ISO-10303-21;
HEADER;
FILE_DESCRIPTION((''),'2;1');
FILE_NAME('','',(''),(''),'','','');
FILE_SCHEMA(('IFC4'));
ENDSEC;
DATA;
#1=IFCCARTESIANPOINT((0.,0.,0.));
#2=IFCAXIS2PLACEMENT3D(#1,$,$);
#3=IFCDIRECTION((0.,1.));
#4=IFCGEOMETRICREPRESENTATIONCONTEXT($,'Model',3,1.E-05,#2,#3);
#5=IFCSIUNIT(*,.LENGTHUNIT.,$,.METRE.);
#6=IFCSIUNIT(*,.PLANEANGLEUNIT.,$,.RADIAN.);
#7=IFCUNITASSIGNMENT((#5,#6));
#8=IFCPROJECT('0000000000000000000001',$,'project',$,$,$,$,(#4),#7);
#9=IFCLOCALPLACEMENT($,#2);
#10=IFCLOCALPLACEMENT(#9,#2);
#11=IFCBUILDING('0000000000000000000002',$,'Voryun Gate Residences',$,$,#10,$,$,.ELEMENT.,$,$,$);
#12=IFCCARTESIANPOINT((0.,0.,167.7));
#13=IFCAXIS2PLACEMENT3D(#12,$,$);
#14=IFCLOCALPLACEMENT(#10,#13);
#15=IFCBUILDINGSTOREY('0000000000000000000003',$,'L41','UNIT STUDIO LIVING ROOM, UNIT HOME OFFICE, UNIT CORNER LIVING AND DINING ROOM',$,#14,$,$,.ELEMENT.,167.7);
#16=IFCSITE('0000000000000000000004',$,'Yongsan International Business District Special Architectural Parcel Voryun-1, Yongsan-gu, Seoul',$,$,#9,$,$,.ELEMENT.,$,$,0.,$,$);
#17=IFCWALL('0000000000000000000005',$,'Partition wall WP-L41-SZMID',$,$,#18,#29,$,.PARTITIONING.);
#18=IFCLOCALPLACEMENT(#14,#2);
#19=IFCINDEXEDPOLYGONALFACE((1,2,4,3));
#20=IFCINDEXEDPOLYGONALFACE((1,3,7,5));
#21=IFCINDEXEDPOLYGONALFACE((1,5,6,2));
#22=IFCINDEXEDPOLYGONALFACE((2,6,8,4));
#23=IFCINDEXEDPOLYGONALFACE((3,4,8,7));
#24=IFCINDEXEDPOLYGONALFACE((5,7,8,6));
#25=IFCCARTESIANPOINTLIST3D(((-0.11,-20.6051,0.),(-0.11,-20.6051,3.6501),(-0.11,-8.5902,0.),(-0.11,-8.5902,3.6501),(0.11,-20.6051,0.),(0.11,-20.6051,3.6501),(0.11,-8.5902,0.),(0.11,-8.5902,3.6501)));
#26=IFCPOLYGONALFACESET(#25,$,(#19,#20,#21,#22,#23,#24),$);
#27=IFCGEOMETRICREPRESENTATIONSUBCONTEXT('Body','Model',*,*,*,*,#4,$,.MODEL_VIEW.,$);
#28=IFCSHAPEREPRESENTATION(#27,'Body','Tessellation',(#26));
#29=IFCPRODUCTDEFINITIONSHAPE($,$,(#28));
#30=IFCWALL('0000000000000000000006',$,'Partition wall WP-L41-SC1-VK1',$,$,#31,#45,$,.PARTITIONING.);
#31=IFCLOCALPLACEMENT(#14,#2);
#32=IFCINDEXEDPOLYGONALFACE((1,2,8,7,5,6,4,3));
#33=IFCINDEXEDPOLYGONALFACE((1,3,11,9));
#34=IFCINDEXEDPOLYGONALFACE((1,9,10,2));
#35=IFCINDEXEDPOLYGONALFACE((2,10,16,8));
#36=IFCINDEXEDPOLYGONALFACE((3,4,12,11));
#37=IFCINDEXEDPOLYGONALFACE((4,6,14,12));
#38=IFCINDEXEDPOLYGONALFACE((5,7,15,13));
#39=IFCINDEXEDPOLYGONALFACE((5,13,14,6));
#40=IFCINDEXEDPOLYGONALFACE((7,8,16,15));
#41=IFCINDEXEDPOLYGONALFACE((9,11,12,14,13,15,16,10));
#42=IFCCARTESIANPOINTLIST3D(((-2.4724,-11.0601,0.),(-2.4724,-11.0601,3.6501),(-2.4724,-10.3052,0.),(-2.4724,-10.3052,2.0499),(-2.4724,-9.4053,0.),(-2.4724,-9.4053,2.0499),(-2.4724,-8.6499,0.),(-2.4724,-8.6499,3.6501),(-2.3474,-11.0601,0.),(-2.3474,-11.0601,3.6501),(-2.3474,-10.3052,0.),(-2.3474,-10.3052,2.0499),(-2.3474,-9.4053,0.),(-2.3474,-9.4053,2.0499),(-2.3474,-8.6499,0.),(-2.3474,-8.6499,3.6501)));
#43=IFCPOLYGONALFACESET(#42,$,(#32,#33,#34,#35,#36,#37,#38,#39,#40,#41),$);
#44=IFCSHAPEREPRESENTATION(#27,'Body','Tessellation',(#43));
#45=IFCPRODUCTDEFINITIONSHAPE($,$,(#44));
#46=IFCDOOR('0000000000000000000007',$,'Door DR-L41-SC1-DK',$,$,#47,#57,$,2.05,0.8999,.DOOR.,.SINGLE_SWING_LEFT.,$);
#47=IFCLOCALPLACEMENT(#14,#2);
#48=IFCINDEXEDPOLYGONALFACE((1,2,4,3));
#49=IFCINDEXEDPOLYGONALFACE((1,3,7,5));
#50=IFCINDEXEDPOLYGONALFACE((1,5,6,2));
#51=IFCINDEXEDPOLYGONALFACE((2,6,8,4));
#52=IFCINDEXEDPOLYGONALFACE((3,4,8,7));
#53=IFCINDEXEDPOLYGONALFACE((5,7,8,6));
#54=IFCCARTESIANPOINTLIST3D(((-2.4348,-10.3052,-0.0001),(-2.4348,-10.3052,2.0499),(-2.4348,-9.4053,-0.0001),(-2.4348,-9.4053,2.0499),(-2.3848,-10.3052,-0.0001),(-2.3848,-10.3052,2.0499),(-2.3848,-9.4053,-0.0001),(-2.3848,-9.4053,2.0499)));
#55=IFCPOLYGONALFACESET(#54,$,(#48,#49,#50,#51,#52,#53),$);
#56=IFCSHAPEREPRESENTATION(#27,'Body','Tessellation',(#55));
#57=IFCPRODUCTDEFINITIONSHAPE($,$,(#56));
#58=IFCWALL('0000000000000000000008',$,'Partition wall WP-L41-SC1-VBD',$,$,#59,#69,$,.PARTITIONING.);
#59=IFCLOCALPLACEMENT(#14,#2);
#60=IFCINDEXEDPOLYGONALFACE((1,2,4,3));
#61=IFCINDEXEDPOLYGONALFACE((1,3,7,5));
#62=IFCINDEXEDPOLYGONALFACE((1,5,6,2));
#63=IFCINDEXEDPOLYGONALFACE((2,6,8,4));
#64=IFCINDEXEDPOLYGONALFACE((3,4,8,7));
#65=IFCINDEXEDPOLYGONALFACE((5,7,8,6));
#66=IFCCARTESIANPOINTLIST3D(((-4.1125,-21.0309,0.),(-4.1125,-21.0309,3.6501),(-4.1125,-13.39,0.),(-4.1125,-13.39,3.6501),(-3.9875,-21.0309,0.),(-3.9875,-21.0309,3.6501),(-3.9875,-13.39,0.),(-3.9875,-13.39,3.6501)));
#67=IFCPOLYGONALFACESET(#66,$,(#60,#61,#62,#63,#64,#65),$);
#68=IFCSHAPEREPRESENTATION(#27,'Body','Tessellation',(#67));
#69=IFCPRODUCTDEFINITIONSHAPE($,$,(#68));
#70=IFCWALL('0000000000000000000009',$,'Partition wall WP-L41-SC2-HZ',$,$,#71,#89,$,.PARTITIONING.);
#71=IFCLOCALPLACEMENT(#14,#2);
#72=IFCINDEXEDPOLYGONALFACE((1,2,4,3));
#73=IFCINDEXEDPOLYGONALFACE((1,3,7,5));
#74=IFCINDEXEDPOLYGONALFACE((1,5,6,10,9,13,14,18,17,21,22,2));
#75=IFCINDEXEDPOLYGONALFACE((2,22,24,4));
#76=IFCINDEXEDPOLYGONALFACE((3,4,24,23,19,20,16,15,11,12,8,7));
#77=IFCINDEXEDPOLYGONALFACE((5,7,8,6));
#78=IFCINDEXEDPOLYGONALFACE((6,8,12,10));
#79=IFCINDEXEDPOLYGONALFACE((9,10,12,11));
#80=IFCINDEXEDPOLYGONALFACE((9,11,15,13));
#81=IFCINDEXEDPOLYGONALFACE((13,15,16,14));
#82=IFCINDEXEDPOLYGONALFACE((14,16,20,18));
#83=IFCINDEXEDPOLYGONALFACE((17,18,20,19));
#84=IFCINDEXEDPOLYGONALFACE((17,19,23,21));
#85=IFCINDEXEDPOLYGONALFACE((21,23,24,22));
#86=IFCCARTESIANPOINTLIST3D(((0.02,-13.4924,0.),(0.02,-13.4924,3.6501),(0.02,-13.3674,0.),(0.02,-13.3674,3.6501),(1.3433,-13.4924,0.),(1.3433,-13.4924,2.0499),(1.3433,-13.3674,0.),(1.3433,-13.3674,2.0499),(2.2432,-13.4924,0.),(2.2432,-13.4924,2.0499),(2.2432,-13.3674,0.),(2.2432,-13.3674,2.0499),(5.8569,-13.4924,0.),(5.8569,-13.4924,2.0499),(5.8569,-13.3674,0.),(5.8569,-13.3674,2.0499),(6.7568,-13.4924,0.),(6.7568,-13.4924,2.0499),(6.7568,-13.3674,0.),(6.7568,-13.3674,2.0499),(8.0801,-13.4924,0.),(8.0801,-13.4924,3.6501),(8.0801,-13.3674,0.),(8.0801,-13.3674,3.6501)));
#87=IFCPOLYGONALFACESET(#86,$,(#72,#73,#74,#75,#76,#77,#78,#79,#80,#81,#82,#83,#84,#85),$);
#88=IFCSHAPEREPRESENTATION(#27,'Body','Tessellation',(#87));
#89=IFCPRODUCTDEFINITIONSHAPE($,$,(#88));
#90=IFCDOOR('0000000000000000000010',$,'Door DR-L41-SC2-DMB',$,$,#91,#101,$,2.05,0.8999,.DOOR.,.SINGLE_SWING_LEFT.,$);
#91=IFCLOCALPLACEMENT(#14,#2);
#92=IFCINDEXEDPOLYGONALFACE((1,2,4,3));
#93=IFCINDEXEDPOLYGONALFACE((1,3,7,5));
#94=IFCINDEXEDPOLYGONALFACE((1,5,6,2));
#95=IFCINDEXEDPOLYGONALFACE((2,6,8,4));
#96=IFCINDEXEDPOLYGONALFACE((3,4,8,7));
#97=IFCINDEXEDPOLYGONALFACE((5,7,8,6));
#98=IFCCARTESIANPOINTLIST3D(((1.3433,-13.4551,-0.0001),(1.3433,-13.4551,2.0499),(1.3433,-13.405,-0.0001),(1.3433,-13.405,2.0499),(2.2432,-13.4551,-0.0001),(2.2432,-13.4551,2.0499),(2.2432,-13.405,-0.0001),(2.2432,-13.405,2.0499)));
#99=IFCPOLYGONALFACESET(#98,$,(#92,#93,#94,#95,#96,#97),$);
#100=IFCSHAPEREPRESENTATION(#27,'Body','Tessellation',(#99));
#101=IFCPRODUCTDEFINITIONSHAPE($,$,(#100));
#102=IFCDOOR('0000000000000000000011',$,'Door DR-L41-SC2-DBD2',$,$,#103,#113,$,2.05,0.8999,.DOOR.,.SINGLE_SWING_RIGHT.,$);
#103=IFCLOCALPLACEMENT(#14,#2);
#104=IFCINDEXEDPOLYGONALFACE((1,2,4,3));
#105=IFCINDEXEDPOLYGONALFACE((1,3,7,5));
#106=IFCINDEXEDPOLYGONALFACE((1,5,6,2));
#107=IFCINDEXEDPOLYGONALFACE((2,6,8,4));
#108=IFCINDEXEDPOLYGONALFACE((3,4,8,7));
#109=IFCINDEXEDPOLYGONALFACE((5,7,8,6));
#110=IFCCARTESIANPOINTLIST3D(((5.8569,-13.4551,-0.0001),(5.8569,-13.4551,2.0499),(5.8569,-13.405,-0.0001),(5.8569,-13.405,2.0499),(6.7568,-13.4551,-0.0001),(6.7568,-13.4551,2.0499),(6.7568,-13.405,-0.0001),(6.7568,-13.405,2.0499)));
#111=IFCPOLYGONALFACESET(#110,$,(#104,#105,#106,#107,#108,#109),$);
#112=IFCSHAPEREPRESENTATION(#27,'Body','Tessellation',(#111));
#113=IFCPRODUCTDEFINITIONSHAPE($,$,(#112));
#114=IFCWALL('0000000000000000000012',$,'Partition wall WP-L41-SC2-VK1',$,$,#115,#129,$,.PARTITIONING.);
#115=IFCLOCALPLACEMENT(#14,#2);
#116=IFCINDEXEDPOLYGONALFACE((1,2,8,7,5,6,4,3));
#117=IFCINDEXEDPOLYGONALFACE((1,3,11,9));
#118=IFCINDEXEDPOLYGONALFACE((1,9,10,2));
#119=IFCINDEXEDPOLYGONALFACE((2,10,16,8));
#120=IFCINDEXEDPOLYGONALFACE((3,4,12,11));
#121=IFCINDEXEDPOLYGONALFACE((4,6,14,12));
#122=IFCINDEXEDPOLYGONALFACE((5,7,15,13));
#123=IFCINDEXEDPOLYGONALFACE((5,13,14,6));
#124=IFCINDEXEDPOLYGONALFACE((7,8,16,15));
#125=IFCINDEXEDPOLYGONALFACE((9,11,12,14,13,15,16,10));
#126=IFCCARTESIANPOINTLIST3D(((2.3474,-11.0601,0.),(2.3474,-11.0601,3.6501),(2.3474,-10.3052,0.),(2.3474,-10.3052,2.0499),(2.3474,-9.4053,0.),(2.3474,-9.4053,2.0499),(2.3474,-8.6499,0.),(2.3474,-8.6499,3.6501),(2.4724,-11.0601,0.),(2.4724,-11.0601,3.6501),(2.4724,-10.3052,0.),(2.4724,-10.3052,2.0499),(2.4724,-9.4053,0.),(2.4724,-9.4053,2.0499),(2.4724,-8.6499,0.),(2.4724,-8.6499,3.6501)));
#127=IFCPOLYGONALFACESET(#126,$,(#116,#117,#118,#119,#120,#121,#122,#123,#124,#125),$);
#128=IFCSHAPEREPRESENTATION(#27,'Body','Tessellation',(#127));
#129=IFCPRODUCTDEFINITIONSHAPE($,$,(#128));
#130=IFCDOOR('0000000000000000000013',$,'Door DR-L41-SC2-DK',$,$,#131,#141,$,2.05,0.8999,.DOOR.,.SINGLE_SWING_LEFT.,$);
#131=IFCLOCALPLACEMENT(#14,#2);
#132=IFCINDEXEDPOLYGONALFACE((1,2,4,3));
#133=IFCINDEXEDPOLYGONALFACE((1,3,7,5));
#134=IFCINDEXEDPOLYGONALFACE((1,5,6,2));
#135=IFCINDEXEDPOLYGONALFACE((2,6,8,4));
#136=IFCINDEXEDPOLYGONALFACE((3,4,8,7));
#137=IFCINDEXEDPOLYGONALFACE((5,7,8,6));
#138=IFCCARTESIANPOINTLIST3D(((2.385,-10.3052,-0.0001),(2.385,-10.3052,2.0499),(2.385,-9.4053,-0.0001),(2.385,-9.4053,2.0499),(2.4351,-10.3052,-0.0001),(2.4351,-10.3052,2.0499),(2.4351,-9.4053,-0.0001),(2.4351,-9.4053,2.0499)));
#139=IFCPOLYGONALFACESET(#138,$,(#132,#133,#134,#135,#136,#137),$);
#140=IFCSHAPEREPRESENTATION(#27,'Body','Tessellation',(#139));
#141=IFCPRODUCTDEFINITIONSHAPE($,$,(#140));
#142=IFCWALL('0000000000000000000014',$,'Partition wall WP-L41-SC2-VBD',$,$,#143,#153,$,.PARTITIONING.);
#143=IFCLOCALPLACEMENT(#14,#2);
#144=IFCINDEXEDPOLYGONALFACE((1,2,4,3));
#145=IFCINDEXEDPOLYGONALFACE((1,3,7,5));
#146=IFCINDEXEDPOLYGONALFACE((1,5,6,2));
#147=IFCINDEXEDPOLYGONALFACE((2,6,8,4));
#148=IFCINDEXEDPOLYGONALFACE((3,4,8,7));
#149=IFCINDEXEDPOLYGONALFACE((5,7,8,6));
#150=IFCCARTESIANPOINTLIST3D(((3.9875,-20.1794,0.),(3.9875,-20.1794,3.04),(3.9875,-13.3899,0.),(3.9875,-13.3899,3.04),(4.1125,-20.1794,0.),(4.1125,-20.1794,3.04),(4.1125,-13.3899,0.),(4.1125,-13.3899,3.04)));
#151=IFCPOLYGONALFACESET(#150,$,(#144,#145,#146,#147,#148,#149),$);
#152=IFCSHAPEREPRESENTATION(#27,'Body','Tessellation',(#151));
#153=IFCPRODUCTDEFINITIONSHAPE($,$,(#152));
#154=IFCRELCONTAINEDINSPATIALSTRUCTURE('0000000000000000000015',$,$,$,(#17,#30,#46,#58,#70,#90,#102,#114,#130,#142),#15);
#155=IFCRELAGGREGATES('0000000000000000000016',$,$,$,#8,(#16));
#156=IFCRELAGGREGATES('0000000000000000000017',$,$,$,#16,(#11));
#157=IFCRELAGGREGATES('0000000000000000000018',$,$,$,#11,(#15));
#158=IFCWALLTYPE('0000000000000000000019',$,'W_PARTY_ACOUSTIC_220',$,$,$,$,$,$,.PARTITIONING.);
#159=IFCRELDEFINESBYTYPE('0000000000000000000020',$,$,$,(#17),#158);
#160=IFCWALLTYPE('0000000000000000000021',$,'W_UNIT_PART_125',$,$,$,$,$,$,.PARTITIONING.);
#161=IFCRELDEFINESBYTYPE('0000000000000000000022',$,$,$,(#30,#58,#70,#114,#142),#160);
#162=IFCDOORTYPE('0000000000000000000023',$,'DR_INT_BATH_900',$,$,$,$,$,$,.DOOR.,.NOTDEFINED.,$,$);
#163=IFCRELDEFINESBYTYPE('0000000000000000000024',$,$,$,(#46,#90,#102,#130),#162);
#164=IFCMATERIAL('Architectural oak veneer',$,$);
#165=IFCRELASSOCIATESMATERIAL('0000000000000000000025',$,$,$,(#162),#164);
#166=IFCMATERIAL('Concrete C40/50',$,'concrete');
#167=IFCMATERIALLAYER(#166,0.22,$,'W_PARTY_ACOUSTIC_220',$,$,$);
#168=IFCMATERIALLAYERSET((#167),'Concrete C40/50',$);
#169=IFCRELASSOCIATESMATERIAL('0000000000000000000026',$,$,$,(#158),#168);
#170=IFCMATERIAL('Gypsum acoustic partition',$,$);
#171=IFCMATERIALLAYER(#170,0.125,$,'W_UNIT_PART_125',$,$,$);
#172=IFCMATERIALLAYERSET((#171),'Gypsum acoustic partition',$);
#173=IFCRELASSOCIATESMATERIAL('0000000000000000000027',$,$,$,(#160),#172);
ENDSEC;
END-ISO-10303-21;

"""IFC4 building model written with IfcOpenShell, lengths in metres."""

from ifc_helpers import new_model, si_unit, direction, frame, frame_2d, origin, place, context, subcontext, project, spatial, rectangle, extrude, material, layer, layer_set, type_object, element, fill, save


model = new_model("IFC4")

# Units and contexts
model_context = context("Model", 3, precision=1e-05, world=origin(), true_north=direction((0.0, 1.0)))
body_context = subcontext(model_context, "Body", "Model", "MODEL_VIEW")
ifc_project = project(units=[si_unit("LENGTHUNIT", "METRE"), si_unit("PLANEANGLEUNIT", "RADIAN")], contexts=[model_context])

# Site, building, storey
site_placement = place(None, origin())
site = spatial("IfcSite", under=ifc_project, at=site_placement, Name="Yongsan International Business District Special Architectural Parcel Voryun-1, Yongsan-gu, Seoul", CompositionType="ELEMENT", RefElevation=0.0)
building_placement = place(site_placement, origin())
building = spatial("IfcBuilding", under=site, at=building_placement, Name="Voryun Gate Residences", CompositionType="ELEMENT")
storey_placement = place(building_placement, frame((0.0, 0.0, 167.7)))
storey = spatial("IfcBuildingStorey", under=building, at=storey_placement, Name="L41", Description="UNIT STUDIO LIVING ROOM, UNIT HOME OFFICE, UNIT CORNER LIVING AND DINING ROOM", CompositionType="ELEMENT", Elevation=167.7)

# Shared definitions
ifc_material_1 = material(Name="Architectural oak veneer")
door_type_1 = type_object("IfcDoorType", Name="DR_INT_BATH_900", OperationType="NOTDEFINED", PredefinedType="DOOR", material=ifc_material_1)

# Wall
ifc_material_2 = material(Name="Concrete C40/50", Category="concrete")
ifc_layer_1 = layer(ifc_material_2, 0.22, Name="W_PARTY_ACOUSTIC_220")
ifc_layer_set_1 = layer_set([ifc_layer_1], Name="Concrete C40/50")
wall_type_1 = type_object("IfcWallType", Name="W_PARTY_ACOUSTIC_220", PredefinedType="PARTITIONING", material=ifc_layer_set_1)
wall_1_placement = place(storey_placement, frame((0.0, -20.605, 0.0), z_axis=(0.0, 0.0, 1.0), x_axis=(0.0, 1.0, 0.0)))
element("IfcWall", 1, at=wall_1_placement, inside=storey, type_object=wall_type_1, Name="Partition wall WP-L41-SZMID", PredefinedType="PARTITIONING", context=body_context, shape_type="SweptSolid", body=[
    extrude(rectangle(XDim=12.0149, YDim=0.22, at=frame_2d((6.0073, 0.0))), origin(), (0.0, 0.0, 1.0), 3.6501),
])

# Wall, opening, door
ifc_material_3 = material(Name="Gypsum acoustic partition")
ifc_layer_2 = layer(ifc_material_3, 0.125, Name="W_UNIT_PART_125")
ifc_layer_set_2 = layer_set([ifc_layer_2], Name="Gypsum acoustic partition")
wall_type_2 = type_object("IfcWallType", Name="W_UNIT_PART_125", PredefinedType="PARTITIONING", material=ifc_layer_set_2)
wall_2_placement = place(storey_placement, frame((-2.4099, -11.0601, 0.0), z_axis=(0.0, 0.0, 1.0), x_axis=(0.0, 1.0, 0.0)))
wall_2 = element("IfcWall", 2, at=wall_2_placement, inside=storey, type_object=wall_type_2, Name="Partition wall WP-L41-SC1-VK1", PredefinedType="PARTITIONING", context=body_context, shape_type="SweptSolid", body=[
    extrude(rectangle(XDim=2.4102, YDim=0.125, at=frame_2d((1.2051, 0.0))), origin(), (0.0, 0.0, 1.0), 3.6501),
])
opening_1_placement = place(wall_2_placement, frame((0.7549, 0.0, 0.0)))
opening_1 = element("IfcOpeningElement", 3, at=opening_1_placement, cuts=wall_2, PredefinedType="OPENING", context=body_context, shape_type="SweptSolid", body=[
    extrude(rectangle(XDim=0.8999, YDim=2.05, at=frame_2d((0.45, 1.0249))), frame((0.0, 0.0725, 0.0), z_axis=(0.0, -1.0, 0.0), x_axis=(1.0, 0.0, 0.0)), (0.0, 0.0, 1.0), 0.145),
])
door_1_placement = place(opening_1_placement, origin())
door_1 = element("IfcDoor", 4, at=door_1_placement, inside=storey, type_object=door_type_1, Name="Door DR-L41-SC1-DK", OperationType="SINGLE_SWING_LEFT", OverallHeight=2.05, OverallWidth=0.8999, PredefinedType="DOOR", context=body_context, shape_type="SweptSolid", body=[
    extrude(rectangle(XDim=0.8999, YDim=2.05, at=frame_2d((0.45, 1.0249))), frame((0.0, 0.0249, 0.0), z_axis=(0.0, -1.0, 0.0), x_axis=(1.0, 0.0, 0.0)), (0.0, 0.0, 1.0), 0.05),
])
fill(opening_1, door_1)

# Wall
wall_3_placement = place(storey_placement, frame((-4.05, -21.0308, 0.0), z_axis=(0.0, 0.0, 1.0), x_axis=(0.0, 1.0, 0.0)))
element("IfcWall", 5, at=wall_3_placement, inside=storey, type_object=wall_type_2, Name="Partition wall WP-L41-SC1-VBD", PredefinedType="PARTITIONING", context=body_context, shape_type="SweptSolid", body=[
    extrude(rectangle(XDim=7.6409, YDim=0.125, at=frame_2d((3.8203, 0.0))), origin(), (0.0, 0.0, 1.0), 3.6501),
])

# Wall, openings, doors
wall_4_placement = place(storey_placement, frame((0.02, -13.4299, 0.0), z_axis=(0.0, 0.0, 1.0), x_axis=(1.0, 0.0, 0.0)))
wall_4 = element("IfcWall", 6, at=wall_4_placement, inside=storey, type_object=wall_type_2, Name="Partition wall WP-L41-SC2-HZ", PredefinedType="PARTITIONING", context=body_context, shape_type="SweptSolid", body=[
    extrude(rectangle(XDim=8.0601, YDim=0.125, at=frame_2d((4.03, 0.0))), origin(), (0.0, 0.0, 1.0), 3.6501),
])
opening_2_placement = place(wall_4_placement, frame((1.3232, 0.0, 0.0)))
opening_2 = element("IfcOpeningElement", 7, at=opening_2_placement, cuts=wall_4, PredefinedType="OPENING", context=body_context, shape_type="SweptSolid", body=[
    extrude(rectangle(XDim=0.8999, YDim=2.05, at=frame_2d((0.45, 1.0249))), frame((0.0, 0.0725, 0.0), z_axis=(0.0, -1.0, 0.0), x_axis=(1.0, 0.0, 0.0)), (0.0, 0.0, 1.0), 0.145),
])
opening_3_placement = place(wall_4_placement, frame((5.8369, 0.0, 0.0)))
opening_3 = element("IfcOpeningElement", 8, at=opening_3_placement, cuts=wall_4, PredefinedType="OPENING", context=body_context, shape_type="SweptSolid", body=[
    extrude(rectangle(XDim=0.8999, YDim=2.05, at=frame_2d((0.45, 1.0249))), frame((0.0, 0.0725, 0.0), z_axis=(0.0, -1.0, 0.0), x_axis=(1.0, 0.0, 0.0)), (0.0, 0.0, 1.0), 0.145),
])
door_2_placement = place(opening_2_placement, origin())
door_2 = element("IfcDoor", 9, at=door_2_placement, inside=storey, type_object=door_type_1, Name="Door DR-L41-SC2-DMB", OperationType="SINGLE_SWING_LEFT", OverallHeight=2.05, OverallWidth=0.8999, PredefinedType="DOOR", context=body_context, shape_type="SweptSolid", body=[
    extrude(rectangle(XDim=0.8999, YDim=2.05, at=frame_2d((0.45, 1.0249))), frame((0.0, 0.0249, 0.0), z_axis=(0.0, -1.0, 0.0), x_axis=(1.0, 0.0, 0.0)), (0.0, 0.0, 1.0), 0.05),
])
fill(opening_2, door_2)
door_3_placement = place(opening_3_placement, origin())
door_3 = element("IfcDoor", 10, at=door_3_placement, inside=storey, type_object=door_type_1, Name="Door DR-L41-SC2-DBD2", OperationType="SINGLE_SWING_RIGHT", OverallHeight=2.05, OverallWidth=0.8999, PredefinedType="DOOR", context=body_context, shape_type="SweptSolid", body=[
    extrude(rectangle(XDim=0.8999, YDim=2.05, at=frame_2d((0.45, 1.0249))), frame((0.0, 0.0249, 0.0), z_axis=(0.0, -1.0, 0.0), x_axis=(1.0, 0.0, 0.0)), (0.0, 0.0, 1.0), 0.05),
])
fill(opening_3, door_3)

# Wall, opening, door
wall_5_placement = place(storey_placement, frame((2.4099, -11.0601, 0.0), z_axis=(0.0, 0.0, 1.0), x_axis=(0.0, 1.0, 0.0)))
wall_5 = element("IfcWall", 11, at=wall_5_placement, inside=storey, type_object=wall_type_2, Name="Partition wall WP-L41-SC2-VK1", PredefinedType="PARTITIONING", context=body_context, shape_type="SweptSolid", body=[
    extrude(rectangle(XDim=2.4102, YDim=0.125, at=frame_2d((1.2051, 0.0))), origin(), (0.0, 0.0, 1.0), 3.6501),
])
opening_4_placement = place(wall_5_placement, frame((0.7549, 0.0, 0.0)))
opening_4 = element("IfcOpeningElement", 12, at=opening_4_placement, cuts=wall_5, PredefinedType="OPENING", context=body_context, shape_type="SweptSolid", body=[
    extrude(rectangle(XDim=0.8999, YDim=2.05, at=frame_2d((0.45, 1.0249))), frame((0.0, 0.0725, 0.0), z_axis=(0.0, -1.0, 0.0), x_axis=(1.0, 0.0, 0.0)), (0.0, 0.0, 1.0), 0.145),
])
door_4_placement = place(opening_4_placement, origin())
door_4 = element("IfcDoor", 13, at=door_4_placement, inside=storey, type_object=door_type_1, Name="Door DR-L41-SC2-DK", OperationType="SINGLE_SWING_LEFT", OverallHeight=2.05, OverallWidth=0.8999, PredefinedType="DOOR", context=body_context, shape_type="SweptSolid", body=[
    extrude(rectangle(XDim=0.8999, YDim=2.05, at=frame_2d((0.45, 1.0249))), frame((0.0, 0.0249, 0.0), z_axis=(0.0, -1.0, 0.0), x_axis=(1.0, 0.0, 0.0)), (0.0, 0.0, 1.0), 0.05),
])
fill(opening_4, door_4)

# Wall
wall_6_placement = place(storey_placement, frame((4.05, -20.1794, 0.0), z_axis=(0.0, 0.0, 1.0), x_axis=(0.0, 1.0, 0.0)))
element("IfcWall", 14, at=wall_6_placement, inside=storey, type_object=wall_type_2, Name="Partition wall WP-L41-SC2-VBD", PredefinedType="PARTITIONING", context=body_context, shape_type="SweptSolid", body=[
    extrude(rectangle(XDim=6.7896, YDim=0.125, at=frame_2d((3.3948, 0.0))), origin(), (0.0, 0.0, 1.0), 3.04),
])

save(model, "model.ifc")
